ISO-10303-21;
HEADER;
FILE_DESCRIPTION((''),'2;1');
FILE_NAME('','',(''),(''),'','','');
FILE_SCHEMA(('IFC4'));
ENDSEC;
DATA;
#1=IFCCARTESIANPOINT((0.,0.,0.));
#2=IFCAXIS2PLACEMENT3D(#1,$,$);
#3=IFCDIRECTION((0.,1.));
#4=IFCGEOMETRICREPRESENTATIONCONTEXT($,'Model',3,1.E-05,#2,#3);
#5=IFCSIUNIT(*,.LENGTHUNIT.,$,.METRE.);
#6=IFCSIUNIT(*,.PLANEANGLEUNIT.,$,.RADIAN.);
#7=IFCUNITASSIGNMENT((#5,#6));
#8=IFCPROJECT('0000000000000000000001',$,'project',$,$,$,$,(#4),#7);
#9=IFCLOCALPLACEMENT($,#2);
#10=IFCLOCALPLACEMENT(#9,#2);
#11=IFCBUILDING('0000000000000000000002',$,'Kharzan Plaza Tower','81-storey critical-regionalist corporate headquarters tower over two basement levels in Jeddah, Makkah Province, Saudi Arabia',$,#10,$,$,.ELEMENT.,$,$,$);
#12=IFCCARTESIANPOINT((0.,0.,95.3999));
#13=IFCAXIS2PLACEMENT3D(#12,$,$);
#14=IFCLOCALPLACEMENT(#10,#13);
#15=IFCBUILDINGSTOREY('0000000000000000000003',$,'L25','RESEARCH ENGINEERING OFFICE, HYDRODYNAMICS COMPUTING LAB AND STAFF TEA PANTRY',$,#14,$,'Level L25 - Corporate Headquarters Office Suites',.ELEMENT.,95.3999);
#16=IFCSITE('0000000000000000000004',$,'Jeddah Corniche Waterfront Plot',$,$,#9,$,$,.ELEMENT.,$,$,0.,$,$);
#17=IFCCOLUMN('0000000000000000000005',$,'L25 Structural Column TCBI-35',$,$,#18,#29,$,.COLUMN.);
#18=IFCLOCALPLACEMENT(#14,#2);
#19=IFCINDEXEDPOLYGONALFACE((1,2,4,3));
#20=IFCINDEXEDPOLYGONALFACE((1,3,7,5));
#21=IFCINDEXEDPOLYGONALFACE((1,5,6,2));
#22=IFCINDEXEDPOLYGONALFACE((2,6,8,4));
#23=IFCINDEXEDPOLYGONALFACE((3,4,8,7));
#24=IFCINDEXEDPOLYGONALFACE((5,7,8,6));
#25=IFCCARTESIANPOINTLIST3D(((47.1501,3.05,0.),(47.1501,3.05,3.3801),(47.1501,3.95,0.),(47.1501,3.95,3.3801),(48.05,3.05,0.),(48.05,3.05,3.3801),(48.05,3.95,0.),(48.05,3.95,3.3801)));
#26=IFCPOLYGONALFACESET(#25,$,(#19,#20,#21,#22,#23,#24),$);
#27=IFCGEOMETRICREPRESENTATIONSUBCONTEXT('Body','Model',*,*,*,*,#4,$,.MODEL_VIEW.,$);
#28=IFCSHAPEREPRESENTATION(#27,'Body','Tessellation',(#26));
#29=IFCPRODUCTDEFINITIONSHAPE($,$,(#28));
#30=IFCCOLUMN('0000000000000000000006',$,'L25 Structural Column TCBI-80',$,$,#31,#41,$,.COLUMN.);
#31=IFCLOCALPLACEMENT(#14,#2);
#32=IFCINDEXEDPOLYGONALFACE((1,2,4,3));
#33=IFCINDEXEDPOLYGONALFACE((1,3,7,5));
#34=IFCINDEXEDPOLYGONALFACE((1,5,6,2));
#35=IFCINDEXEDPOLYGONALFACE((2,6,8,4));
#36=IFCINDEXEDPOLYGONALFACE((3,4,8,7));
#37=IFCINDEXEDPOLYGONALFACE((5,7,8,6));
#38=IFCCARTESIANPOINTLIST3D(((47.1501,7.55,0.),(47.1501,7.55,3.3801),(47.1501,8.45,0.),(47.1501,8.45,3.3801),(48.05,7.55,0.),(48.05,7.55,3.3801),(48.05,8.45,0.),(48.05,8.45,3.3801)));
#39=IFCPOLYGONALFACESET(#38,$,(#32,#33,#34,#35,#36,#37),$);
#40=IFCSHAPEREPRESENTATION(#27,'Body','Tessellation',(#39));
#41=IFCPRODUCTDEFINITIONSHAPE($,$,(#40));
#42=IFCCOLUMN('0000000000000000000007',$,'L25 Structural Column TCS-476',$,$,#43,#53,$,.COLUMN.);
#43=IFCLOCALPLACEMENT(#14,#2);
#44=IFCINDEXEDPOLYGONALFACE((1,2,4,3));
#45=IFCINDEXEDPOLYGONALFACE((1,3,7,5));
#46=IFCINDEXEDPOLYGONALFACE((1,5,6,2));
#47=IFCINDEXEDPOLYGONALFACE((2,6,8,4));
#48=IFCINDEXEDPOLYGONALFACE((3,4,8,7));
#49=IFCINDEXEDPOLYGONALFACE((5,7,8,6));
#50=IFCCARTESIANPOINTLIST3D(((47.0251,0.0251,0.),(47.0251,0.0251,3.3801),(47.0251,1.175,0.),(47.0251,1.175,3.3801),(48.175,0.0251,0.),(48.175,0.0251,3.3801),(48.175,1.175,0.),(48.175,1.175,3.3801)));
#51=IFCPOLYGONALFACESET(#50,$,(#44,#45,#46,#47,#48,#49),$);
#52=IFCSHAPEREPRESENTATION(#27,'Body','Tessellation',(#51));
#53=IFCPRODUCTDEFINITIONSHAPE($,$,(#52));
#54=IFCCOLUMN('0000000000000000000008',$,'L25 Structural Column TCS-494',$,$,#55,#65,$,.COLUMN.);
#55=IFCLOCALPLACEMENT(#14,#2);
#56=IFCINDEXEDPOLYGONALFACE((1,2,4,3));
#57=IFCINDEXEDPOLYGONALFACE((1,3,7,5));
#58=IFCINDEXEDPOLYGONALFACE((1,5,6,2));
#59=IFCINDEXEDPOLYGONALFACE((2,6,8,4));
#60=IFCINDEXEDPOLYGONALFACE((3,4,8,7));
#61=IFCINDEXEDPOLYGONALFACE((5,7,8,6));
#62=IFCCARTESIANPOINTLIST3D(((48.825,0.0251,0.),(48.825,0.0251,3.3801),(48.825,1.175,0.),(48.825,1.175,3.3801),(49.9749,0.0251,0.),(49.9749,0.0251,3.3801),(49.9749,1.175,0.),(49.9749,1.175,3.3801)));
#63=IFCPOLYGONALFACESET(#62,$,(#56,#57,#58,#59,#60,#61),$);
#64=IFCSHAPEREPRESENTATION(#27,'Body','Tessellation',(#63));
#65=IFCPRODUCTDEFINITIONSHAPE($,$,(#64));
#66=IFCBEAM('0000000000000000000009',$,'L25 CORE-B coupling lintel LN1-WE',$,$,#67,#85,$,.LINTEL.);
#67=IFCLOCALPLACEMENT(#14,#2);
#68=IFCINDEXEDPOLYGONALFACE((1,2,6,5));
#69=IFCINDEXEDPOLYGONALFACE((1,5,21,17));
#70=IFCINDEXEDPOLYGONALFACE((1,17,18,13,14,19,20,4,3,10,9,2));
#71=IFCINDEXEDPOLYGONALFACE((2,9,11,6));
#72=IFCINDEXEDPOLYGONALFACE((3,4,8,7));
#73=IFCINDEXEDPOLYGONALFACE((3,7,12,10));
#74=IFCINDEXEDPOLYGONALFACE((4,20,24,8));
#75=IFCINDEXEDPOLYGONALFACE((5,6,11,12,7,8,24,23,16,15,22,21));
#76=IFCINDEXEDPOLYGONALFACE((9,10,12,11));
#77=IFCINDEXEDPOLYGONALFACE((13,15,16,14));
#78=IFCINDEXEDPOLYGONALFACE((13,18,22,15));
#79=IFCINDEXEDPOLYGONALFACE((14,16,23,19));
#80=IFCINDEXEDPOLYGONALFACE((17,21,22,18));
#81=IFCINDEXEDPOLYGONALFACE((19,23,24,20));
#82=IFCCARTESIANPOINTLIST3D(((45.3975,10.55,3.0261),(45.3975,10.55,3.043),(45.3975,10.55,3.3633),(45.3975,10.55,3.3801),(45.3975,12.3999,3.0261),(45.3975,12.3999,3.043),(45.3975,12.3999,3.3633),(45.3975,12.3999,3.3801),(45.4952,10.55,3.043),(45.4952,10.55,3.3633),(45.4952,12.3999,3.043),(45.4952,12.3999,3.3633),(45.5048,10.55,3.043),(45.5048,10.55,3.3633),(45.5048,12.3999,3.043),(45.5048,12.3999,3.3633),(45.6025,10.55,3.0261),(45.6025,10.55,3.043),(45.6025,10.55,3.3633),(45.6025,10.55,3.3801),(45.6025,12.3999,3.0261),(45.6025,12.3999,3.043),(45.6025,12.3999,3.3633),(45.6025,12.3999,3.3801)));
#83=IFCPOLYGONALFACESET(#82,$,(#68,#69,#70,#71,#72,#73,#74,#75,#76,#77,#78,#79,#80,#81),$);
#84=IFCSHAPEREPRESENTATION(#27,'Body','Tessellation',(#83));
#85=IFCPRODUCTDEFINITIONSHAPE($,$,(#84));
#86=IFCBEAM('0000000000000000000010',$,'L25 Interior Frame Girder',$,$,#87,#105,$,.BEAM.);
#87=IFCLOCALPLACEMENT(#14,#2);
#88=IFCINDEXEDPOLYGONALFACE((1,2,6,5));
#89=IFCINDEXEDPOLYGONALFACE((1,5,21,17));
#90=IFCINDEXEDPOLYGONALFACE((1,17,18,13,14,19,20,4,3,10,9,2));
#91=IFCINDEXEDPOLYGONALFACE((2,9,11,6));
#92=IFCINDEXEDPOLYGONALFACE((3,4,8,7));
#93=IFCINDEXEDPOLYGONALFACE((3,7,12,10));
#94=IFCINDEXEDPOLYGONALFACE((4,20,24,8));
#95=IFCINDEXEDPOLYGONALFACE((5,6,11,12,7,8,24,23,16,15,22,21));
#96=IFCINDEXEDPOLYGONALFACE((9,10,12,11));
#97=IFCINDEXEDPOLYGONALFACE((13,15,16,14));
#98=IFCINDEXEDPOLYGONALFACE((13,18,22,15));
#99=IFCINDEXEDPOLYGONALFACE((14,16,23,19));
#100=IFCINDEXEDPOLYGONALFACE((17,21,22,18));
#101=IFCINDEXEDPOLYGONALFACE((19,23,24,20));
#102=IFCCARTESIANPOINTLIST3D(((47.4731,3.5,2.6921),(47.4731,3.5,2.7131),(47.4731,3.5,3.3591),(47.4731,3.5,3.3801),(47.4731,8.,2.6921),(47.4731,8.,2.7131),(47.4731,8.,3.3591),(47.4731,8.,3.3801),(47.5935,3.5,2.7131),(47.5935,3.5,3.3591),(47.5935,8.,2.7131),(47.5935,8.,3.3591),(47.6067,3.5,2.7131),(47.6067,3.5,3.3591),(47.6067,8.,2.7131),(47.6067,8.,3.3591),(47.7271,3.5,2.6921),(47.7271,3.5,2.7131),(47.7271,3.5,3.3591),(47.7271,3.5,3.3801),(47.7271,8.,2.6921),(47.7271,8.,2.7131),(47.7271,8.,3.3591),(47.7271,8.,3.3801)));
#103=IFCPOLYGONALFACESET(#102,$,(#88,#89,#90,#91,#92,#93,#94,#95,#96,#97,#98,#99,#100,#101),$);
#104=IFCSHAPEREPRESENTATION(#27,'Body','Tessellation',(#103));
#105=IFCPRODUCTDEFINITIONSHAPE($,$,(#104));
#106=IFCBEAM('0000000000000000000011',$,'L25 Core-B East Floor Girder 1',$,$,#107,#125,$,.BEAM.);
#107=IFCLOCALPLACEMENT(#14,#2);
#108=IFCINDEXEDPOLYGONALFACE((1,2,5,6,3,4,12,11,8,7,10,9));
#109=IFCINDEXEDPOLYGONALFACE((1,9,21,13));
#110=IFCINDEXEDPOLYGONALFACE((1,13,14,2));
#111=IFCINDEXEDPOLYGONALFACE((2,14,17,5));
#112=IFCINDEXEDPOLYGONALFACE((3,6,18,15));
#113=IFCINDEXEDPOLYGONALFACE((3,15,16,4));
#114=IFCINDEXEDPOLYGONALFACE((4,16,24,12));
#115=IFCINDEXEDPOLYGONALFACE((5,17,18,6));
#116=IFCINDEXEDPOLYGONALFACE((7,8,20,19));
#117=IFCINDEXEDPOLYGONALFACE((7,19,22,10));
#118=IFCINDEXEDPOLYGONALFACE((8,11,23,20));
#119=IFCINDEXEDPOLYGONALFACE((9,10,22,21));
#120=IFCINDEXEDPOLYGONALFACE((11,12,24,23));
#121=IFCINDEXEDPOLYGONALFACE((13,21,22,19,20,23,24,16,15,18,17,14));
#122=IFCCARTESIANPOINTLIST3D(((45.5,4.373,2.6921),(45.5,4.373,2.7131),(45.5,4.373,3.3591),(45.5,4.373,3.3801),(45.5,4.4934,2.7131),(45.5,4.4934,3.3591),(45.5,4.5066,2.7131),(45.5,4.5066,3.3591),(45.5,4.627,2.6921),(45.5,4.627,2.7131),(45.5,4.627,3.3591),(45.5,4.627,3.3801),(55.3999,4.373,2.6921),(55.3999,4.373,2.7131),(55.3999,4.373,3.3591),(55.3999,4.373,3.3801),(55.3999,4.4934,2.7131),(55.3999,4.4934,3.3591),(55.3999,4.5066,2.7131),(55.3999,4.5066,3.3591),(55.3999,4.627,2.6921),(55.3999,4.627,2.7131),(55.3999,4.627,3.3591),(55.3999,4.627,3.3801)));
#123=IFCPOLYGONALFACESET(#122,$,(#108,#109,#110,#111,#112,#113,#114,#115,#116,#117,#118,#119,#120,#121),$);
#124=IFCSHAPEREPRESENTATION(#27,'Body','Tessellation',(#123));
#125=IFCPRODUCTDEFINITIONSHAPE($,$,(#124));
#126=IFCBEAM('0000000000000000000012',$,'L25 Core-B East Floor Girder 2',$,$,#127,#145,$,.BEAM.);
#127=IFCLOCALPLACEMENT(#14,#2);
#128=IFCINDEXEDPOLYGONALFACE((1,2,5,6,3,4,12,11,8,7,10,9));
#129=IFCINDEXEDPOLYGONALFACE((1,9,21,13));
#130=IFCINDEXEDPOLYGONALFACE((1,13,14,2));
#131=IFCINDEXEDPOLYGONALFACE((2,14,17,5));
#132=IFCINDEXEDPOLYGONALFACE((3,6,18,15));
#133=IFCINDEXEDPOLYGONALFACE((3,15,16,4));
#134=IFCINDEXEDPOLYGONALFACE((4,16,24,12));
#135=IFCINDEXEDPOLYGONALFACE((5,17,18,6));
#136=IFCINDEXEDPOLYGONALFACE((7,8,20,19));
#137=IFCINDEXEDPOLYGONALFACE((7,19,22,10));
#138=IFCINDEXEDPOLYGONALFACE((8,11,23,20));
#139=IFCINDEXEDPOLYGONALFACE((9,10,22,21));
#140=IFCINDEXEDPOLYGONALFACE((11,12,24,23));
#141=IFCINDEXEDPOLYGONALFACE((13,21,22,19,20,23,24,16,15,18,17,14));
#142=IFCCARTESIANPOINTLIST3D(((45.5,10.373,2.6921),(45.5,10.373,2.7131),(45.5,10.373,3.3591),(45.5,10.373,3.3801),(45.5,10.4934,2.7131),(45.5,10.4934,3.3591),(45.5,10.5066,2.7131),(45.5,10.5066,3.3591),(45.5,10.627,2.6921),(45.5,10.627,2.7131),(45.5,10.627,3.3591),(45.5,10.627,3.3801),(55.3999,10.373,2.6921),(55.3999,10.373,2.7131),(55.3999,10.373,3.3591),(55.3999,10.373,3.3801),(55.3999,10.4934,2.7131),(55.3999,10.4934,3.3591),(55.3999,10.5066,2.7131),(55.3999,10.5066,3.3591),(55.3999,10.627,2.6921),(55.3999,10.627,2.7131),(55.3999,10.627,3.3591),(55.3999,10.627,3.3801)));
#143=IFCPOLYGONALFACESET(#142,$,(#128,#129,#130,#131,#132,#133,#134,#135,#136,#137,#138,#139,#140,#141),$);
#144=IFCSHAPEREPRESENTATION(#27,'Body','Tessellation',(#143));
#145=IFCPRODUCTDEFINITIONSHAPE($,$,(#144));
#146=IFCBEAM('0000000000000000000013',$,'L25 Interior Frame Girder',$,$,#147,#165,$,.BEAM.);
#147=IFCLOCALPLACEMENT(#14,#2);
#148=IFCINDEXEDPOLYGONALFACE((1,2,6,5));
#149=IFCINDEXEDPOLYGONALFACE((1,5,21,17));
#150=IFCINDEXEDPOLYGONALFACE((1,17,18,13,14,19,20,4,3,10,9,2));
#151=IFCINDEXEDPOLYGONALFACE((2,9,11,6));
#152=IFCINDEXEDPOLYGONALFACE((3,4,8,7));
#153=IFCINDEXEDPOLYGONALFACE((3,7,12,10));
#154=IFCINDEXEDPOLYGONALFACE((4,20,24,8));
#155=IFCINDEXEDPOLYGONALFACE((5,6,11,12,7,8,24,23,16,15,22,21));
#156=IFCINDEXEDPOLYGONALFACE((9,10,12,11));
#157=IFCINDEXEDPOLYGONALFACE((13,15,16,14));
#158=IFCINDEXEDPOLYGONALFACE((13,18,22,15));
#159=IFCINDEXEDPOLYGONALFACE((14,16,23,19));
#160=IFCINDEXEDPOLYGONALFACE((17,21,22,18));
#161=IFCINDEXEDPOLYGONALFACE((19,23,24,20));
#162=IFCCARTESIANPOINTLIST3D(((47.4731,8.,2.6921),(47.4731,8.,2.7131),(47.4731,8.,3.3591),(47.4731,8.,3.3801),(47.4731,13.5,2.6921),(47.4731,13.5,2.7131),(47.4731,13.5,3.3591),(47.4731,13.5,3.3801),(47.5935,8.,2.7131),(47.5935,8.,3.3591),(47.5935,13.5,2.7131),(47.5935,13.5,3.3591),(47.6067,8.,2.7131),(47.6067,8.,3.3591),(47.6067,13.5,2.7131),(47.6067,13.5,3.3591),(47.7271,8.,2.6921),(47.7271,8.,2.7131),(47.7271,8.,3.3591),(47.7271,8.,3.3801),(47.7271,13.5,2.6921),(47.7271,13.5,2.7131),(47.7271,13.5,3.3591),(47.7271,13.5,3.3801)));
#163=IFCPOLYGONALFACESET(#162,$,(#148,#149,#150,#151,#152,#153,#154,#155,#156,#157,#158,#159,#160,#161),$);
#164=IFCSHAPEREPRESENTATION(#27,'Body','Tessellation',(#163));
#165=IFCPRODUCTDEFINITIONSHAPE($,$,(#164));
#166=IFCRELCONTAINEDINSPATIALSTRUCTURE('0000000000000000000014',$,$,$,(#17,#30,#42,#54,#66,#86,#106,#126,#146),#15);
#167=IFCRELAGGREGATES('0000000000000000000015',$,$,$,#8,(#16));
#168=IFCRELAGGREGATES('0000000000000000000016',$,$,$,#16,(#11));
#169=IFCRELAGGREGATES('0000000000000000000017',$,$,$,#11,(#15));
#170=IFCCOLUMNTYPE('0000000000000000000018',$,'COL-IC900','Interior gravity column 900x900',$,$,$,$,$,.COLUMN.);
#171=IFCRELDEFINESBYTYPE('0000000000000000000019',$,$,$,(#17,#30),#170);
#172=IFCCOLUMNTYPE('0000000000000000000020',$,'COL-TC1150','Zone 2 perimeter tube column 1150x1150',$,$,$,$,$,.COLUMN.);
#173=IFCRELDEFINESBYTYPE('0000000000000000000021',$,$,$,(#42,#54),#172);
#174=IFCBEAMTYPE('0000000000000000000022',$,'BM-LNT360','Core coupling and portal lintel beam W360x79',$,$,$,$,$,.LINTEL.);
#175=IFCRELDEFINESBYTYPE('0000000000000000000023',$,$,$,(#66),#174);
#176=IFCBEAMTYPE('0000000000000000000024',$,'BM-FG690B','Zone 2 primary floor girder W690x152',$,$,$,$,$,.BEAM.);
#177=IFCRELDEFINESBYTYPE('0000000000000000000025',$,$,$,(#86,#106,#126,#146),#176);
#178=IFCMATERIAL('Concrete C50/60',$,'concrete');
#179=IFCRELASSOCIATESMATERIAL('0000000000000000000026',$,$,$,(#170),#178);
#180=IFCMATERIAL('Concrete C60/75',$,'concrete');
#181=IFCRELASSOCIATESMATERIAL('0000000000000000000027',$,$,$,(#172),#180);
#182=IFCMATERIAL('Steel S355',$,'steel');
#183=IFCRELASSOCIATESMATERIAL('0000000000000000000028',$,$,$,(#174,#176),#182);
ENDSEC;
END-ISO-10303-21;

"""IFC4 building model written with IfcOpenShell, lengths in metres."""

from ifc_helpers import new_model, si_unit, direction, frame, origin, origin_2d, place, context, subcontext, project, spatial, rectangle, i_section, extrude, source, transform, mapped, material, material_profile, profile_set, type_object, element, save


model = new_model("IFC4")

# Units and contexts
model_context = context("Model", 3, precision=1e-05, world=origin(), true_north=direction((0.0, 1.0)))
body_context = subcontext(model_context, "Body", "Model", "MODEL_VIEW")
ifc_project = project(units=[si_unit("LENGTHUNIT", "METRE"), si_unit("PLANEANGLEUNIT", "RADIAN")], contexts=[model_context])

# Site, building, storey
site_placement = place(None, origin())
site = spatial("IfcSite", under=ifc_project, at=site_placement, Name="Jeddah Corniche Waterfront Plot", CompositionType="ELEMENT", RefElevation=0.0)
building_placement = place(site_placement, origin())
building = spatial("IfcBuilding", under=site, at=building_placement, Name="Kharzan Plaza Tower", Description="81-storey critical-regionalist corporate headquarters tower over two basement levels in Jeddah, Makkah Province, Saudi Arabia", CompositionType="ELEMENT")
storey_placement = place(building_placement, frame((0.0, 0.0, 95.3999)))
storey = spatial("IfcBuildingStorey", under=building, at=storey_placement, Name="L25", Description="RESEARCH ENGINEERING OFFICE, HYDRODYNAMICS COMPUTING LAB AND STAFF TEA PANTRY", LongName="Level L25 - Corporate Headquarters Office Suites", CompositionType="ELEMENT", Elevation=95.3999)

# Columns
ifc_material_1 = material(Name="Concrete C50/60", Category="concrete")
ifc_material_profile_1 = material_profile(ifc_material_1, rectangle(XDim=0.8999, YDim=0.8999, at=origin_2d()), Name="RC-IC900x900")
ifc_profile_set_1 = profile_set([ifc_material_profile_1], Name="Concrete C50/60")
column_type_1 = type_object("IfcColumnType", Name="COL-IC900", Description="Interior gravity column 900x900", PredefinedType="COLUMN", material=ifc_profile_set_1)
shared_shape_1 = source(origin(), body_context, "Body", "SweptSolid", [
    extrude(rectangle(XDim=0.8999, YDim=0.8999, at=origin_2d()), origin(), (0.0, 0.0, 1.0), 3.3801),
])
for number, where, z_axis, x_axis, name in (
    (1, (47.6001, 3.5, 0.0), (0.0, 0.0, 1.0), (1.0, 0.0, 0.0), "L25 Structural Column TCBI-35"),
    (2, (47.6001, 8.0, 0.0), (0.0, 0.0, 1.0), (1.0, 0.0, 0.0), "L25 Structural Column TCBI-80"),
):
    element("IfcColumn", number, at=place(storey_placement, frame(where, z_axis=z_axis, x_axis=x_axis)), inside=storey, type_object=column_type_1, Name=name, PredefinedType="COLUMN", context=body_context, shape_type="MappedRepresentation", body=[
        mapped(shared_shape_1, transform((0.0, 0.0, 0.0), x_axis=(1.0, 0.0, 0.0), y_axis=(0.0, 1.0, 0.0), z_axis=(0.0, 0.0, 1.0))),
    ])
ifc_material_2 = material(Name="Concrete C60/75", Category="concrete")
ifc_material_profile_2 = material_profile(ifc_material_2, rectangle(XDim=1.1499, YDim=1.1499, at=origin_2d()), Name="RC-TC1150x1150")
ifc_profile_set_2 = profile_set([ifc_material_profile_2], Name="Concrete C60/75")
column_type_2 = type_object("IfcColumnType", Name="COL-TC1150", Description="Zone 2 perimeter tube column 1150x1150", PredefinedType="COLUMN", material=ifc_profile_set_2)
shared_shape_2 = source(origin(), body_context, "Body", "SweptSolid", [
    extrude(rectangle(XDim=1.1499, YDim=1.1499, at=origin_2d()), origin(), (0.0, 0.0, 1.0), 3.3801),
])
for number, where, z_axis, x_axis, name in (
    (3, (47.6001, 0.6001, 0.0), (0.0, 0.0, 1.0), (1.0, 0.0, 0.0), "L25 Structural Column TCS-476"),
    (4, (49.3999, 0.6001, 0.0), (0.0, 0.0, 1.0), (1.0, 0.0, 0.0), "L25 Structural Column TCS-494"),
):
    element("IfcColumn", number, at=place(storey_placement, frame(where, z_axis=z_axis, x_axis=x_axis)), inside=storey, type_object=column_type_2, Name=name, PredefinedType="COLUMN", context=body_context, shape_type="MappedRepresentation", body=[
        mapped(shared_shape_2, transform((0.0, 0.0, 0.0), x_axis=(1.0, 0.0, 0.0), y_axis=(0.0, 1.0, 0.0), z_axis=(0.0, 0.0, 1.0))),
    ])

# Beams
ifc_material_3 = material(Name="Steel S355", Category="steel")
ifc_material_profile_3 = material_profile(ifc_material_3, i_section(OverallWidth=0.2051, OverallDepth=0.354, WebThickness=0.0095, FlangeThickness=0.0168, at=origin_2d()), Name="W360x79")
ifc_profile_set_3 = profile_set([ifc_material_profile_3], Name="Steel S355")
beam_type_1 = type_object("IfcBeamType", Name="BM-LNT360", Description="Core coupling and portal lintel beam W360x79", PredefinedType="LINTEL", material=ifc_profile_set_3)
shared_shape_3 = source(origin(), body_context, "Body", "SweptSolid", [
    extrude(i_section(OverallWidth=0.2051, OverallDepth=0.354, WebThickness=0.0095, FlangeThickness=0.0168, at=origin_2d()), origin(), (0.0, 0.0, 1.0), 1.8499),
])
beam_1_placement = place(storey_placement, frame((45.5, 10.55, 3.2031), z_axis=(0.0, 1.0, 0.0), x_axis=(-1.0, 0.0, 0.0)))
element("IfcBeam", 5, at=beam_1_placement, inside=storey, type_object=beam_type_1, Name="L25 CORE-B coupling lintel LN1-WE", PredefinedType="LINTEL", context=body_context, shape_type="MappedRepresentation", body=[
    mapped(shared_shape_3, transform((0.0, 0.0, 0.0), x_axis=(1.0, 0.0, 0.0), y_axis=(0.0, 1.0, 0.0), z_axis=(0.0, 0.0, 1.0))),
])
ifc_material_profile_4 = material_profile(ifc_material_3, i_section(OverallWidth=0.2539, OverallDepth=0.688, WebThickness=0.0132, FlangeThickness=0.021, at=origin_2d()), Name="W690x152")
ifc_profile_set_4 = profile_set([ifc_material_profile_4], Name="Steel S355")
beam_type_2 = type_object("IfcBeamType", Name="BM-FG690B", Description="Zone 2 primary floor girder W690x152", PredefinedType="BEAM", material=ifc_profile_set_4)
shared_shape_4 = source(origin(), body_context, "Body", "SweptSolid", [
    extrude(i_section(OverallWidth=0.2539, OverallDepth=0.688, WebThickness=0.0132, FlangeThickness=0.021, at=origin_2d()), origin(), (0.0, 0.0, 1.0), 4.5),
])
beam_2_placement = place(storey_placement, frame((47.6001, 3.5, 3.0361), z_axis=(0.0, 1.0, 0.0), x_axis=(-1.0, 0.0, 0.0)))
element("IfcBeam", 6, at=beam_2_placement, inside=storey, type_object=beam_type_2, Name="L25 Interior Frame Girder", PredefinedType="BEAM", context=body_context, shape_type="MappedRepresentation", body=[
    mapped(shared_shape_4, transform((0.0, 0.0, 0.0), x_axis=(1.0, 0.0, 0.0), y_axis=(0.0, 1.0, 0.0), z_axis=(0.0, 0.0, 1.0))),
])
shared_shape_5 = source(origin(), body_context, "Body", "SweptSolid", [
    extrude(i_section(OverallWidth=0.2539, OverallDepth=0.688, WebThickness=0.0132, FlangeThickness=0.021, at=origin_2d()), origin(), (0.0, 0.0, 1.0), 9.8999),
])
for number, where, z_axis, x_axis, name in (
    (7, (45.5, 4.5, 3.0361), (1.0, 0.0, 0.0), (0.0, 1.0, 0.0), "L25 Core-B East Floor Girder 1"),
    (8, (45.5, 10.5, 3.0361), (1.0, 0.0, 0.0), (0.0, 1.0, 0.0), "L25 Core-B East Floor Girder 2"),
):
    element("IfcBeam", number, at=place(storey_placement, frame(where, z_axis=z_axis, x_axis=x_axis)), inside=storey, type_object=beam_type_2, Name=name, PredefinedType="BEAM", context=body_context, shape_type="MappedRepresentation", body=[
        mapped(shared_shape_5, transform((0.0, 0.0, 0.0), x_axis=(1.0, 0.0, 0.0), y_axis=(0.0, 1.0, 0.0), z_axis=(0.0, 0.0, 1.0))),
    ])
shared_shape_6 = source(origin(), body_context, "Body", "SweptSolid", [
    extrude(i_section(OverallWidth=0.2539, OverallDepth=0.688, WebThickness=0.0132, FlangeThickness=0.021, at=origin_2d()), origin(), (0.0, 0.0, 1.0), 5.5),
])
beam_3_placement = place(storey_placement, frame((47.6001, 8.0, 3.0361), z_axis=(0.0, 1.0, 0.0), x_axis=(-1.0, 0.0, 0.0)))
element("IfcBeam", 9, at=beam_3_placement, inside=storey, type_object=beam_type_2, Name="L25 Interior Frame Girder", PredefinedType="BEAM", context=body_context, shape_type="MappedRepresentation", body=[
    mapped(shared_shape_6, transform((0.0, 0.0, 0.0), x_axis=(1.0, 0.0, 0.0), y_axis=(0.0, 1.0, 0.0), z_axis=(0.0, 0.0, 1.0))),
])

save(model, "model.ifc")
